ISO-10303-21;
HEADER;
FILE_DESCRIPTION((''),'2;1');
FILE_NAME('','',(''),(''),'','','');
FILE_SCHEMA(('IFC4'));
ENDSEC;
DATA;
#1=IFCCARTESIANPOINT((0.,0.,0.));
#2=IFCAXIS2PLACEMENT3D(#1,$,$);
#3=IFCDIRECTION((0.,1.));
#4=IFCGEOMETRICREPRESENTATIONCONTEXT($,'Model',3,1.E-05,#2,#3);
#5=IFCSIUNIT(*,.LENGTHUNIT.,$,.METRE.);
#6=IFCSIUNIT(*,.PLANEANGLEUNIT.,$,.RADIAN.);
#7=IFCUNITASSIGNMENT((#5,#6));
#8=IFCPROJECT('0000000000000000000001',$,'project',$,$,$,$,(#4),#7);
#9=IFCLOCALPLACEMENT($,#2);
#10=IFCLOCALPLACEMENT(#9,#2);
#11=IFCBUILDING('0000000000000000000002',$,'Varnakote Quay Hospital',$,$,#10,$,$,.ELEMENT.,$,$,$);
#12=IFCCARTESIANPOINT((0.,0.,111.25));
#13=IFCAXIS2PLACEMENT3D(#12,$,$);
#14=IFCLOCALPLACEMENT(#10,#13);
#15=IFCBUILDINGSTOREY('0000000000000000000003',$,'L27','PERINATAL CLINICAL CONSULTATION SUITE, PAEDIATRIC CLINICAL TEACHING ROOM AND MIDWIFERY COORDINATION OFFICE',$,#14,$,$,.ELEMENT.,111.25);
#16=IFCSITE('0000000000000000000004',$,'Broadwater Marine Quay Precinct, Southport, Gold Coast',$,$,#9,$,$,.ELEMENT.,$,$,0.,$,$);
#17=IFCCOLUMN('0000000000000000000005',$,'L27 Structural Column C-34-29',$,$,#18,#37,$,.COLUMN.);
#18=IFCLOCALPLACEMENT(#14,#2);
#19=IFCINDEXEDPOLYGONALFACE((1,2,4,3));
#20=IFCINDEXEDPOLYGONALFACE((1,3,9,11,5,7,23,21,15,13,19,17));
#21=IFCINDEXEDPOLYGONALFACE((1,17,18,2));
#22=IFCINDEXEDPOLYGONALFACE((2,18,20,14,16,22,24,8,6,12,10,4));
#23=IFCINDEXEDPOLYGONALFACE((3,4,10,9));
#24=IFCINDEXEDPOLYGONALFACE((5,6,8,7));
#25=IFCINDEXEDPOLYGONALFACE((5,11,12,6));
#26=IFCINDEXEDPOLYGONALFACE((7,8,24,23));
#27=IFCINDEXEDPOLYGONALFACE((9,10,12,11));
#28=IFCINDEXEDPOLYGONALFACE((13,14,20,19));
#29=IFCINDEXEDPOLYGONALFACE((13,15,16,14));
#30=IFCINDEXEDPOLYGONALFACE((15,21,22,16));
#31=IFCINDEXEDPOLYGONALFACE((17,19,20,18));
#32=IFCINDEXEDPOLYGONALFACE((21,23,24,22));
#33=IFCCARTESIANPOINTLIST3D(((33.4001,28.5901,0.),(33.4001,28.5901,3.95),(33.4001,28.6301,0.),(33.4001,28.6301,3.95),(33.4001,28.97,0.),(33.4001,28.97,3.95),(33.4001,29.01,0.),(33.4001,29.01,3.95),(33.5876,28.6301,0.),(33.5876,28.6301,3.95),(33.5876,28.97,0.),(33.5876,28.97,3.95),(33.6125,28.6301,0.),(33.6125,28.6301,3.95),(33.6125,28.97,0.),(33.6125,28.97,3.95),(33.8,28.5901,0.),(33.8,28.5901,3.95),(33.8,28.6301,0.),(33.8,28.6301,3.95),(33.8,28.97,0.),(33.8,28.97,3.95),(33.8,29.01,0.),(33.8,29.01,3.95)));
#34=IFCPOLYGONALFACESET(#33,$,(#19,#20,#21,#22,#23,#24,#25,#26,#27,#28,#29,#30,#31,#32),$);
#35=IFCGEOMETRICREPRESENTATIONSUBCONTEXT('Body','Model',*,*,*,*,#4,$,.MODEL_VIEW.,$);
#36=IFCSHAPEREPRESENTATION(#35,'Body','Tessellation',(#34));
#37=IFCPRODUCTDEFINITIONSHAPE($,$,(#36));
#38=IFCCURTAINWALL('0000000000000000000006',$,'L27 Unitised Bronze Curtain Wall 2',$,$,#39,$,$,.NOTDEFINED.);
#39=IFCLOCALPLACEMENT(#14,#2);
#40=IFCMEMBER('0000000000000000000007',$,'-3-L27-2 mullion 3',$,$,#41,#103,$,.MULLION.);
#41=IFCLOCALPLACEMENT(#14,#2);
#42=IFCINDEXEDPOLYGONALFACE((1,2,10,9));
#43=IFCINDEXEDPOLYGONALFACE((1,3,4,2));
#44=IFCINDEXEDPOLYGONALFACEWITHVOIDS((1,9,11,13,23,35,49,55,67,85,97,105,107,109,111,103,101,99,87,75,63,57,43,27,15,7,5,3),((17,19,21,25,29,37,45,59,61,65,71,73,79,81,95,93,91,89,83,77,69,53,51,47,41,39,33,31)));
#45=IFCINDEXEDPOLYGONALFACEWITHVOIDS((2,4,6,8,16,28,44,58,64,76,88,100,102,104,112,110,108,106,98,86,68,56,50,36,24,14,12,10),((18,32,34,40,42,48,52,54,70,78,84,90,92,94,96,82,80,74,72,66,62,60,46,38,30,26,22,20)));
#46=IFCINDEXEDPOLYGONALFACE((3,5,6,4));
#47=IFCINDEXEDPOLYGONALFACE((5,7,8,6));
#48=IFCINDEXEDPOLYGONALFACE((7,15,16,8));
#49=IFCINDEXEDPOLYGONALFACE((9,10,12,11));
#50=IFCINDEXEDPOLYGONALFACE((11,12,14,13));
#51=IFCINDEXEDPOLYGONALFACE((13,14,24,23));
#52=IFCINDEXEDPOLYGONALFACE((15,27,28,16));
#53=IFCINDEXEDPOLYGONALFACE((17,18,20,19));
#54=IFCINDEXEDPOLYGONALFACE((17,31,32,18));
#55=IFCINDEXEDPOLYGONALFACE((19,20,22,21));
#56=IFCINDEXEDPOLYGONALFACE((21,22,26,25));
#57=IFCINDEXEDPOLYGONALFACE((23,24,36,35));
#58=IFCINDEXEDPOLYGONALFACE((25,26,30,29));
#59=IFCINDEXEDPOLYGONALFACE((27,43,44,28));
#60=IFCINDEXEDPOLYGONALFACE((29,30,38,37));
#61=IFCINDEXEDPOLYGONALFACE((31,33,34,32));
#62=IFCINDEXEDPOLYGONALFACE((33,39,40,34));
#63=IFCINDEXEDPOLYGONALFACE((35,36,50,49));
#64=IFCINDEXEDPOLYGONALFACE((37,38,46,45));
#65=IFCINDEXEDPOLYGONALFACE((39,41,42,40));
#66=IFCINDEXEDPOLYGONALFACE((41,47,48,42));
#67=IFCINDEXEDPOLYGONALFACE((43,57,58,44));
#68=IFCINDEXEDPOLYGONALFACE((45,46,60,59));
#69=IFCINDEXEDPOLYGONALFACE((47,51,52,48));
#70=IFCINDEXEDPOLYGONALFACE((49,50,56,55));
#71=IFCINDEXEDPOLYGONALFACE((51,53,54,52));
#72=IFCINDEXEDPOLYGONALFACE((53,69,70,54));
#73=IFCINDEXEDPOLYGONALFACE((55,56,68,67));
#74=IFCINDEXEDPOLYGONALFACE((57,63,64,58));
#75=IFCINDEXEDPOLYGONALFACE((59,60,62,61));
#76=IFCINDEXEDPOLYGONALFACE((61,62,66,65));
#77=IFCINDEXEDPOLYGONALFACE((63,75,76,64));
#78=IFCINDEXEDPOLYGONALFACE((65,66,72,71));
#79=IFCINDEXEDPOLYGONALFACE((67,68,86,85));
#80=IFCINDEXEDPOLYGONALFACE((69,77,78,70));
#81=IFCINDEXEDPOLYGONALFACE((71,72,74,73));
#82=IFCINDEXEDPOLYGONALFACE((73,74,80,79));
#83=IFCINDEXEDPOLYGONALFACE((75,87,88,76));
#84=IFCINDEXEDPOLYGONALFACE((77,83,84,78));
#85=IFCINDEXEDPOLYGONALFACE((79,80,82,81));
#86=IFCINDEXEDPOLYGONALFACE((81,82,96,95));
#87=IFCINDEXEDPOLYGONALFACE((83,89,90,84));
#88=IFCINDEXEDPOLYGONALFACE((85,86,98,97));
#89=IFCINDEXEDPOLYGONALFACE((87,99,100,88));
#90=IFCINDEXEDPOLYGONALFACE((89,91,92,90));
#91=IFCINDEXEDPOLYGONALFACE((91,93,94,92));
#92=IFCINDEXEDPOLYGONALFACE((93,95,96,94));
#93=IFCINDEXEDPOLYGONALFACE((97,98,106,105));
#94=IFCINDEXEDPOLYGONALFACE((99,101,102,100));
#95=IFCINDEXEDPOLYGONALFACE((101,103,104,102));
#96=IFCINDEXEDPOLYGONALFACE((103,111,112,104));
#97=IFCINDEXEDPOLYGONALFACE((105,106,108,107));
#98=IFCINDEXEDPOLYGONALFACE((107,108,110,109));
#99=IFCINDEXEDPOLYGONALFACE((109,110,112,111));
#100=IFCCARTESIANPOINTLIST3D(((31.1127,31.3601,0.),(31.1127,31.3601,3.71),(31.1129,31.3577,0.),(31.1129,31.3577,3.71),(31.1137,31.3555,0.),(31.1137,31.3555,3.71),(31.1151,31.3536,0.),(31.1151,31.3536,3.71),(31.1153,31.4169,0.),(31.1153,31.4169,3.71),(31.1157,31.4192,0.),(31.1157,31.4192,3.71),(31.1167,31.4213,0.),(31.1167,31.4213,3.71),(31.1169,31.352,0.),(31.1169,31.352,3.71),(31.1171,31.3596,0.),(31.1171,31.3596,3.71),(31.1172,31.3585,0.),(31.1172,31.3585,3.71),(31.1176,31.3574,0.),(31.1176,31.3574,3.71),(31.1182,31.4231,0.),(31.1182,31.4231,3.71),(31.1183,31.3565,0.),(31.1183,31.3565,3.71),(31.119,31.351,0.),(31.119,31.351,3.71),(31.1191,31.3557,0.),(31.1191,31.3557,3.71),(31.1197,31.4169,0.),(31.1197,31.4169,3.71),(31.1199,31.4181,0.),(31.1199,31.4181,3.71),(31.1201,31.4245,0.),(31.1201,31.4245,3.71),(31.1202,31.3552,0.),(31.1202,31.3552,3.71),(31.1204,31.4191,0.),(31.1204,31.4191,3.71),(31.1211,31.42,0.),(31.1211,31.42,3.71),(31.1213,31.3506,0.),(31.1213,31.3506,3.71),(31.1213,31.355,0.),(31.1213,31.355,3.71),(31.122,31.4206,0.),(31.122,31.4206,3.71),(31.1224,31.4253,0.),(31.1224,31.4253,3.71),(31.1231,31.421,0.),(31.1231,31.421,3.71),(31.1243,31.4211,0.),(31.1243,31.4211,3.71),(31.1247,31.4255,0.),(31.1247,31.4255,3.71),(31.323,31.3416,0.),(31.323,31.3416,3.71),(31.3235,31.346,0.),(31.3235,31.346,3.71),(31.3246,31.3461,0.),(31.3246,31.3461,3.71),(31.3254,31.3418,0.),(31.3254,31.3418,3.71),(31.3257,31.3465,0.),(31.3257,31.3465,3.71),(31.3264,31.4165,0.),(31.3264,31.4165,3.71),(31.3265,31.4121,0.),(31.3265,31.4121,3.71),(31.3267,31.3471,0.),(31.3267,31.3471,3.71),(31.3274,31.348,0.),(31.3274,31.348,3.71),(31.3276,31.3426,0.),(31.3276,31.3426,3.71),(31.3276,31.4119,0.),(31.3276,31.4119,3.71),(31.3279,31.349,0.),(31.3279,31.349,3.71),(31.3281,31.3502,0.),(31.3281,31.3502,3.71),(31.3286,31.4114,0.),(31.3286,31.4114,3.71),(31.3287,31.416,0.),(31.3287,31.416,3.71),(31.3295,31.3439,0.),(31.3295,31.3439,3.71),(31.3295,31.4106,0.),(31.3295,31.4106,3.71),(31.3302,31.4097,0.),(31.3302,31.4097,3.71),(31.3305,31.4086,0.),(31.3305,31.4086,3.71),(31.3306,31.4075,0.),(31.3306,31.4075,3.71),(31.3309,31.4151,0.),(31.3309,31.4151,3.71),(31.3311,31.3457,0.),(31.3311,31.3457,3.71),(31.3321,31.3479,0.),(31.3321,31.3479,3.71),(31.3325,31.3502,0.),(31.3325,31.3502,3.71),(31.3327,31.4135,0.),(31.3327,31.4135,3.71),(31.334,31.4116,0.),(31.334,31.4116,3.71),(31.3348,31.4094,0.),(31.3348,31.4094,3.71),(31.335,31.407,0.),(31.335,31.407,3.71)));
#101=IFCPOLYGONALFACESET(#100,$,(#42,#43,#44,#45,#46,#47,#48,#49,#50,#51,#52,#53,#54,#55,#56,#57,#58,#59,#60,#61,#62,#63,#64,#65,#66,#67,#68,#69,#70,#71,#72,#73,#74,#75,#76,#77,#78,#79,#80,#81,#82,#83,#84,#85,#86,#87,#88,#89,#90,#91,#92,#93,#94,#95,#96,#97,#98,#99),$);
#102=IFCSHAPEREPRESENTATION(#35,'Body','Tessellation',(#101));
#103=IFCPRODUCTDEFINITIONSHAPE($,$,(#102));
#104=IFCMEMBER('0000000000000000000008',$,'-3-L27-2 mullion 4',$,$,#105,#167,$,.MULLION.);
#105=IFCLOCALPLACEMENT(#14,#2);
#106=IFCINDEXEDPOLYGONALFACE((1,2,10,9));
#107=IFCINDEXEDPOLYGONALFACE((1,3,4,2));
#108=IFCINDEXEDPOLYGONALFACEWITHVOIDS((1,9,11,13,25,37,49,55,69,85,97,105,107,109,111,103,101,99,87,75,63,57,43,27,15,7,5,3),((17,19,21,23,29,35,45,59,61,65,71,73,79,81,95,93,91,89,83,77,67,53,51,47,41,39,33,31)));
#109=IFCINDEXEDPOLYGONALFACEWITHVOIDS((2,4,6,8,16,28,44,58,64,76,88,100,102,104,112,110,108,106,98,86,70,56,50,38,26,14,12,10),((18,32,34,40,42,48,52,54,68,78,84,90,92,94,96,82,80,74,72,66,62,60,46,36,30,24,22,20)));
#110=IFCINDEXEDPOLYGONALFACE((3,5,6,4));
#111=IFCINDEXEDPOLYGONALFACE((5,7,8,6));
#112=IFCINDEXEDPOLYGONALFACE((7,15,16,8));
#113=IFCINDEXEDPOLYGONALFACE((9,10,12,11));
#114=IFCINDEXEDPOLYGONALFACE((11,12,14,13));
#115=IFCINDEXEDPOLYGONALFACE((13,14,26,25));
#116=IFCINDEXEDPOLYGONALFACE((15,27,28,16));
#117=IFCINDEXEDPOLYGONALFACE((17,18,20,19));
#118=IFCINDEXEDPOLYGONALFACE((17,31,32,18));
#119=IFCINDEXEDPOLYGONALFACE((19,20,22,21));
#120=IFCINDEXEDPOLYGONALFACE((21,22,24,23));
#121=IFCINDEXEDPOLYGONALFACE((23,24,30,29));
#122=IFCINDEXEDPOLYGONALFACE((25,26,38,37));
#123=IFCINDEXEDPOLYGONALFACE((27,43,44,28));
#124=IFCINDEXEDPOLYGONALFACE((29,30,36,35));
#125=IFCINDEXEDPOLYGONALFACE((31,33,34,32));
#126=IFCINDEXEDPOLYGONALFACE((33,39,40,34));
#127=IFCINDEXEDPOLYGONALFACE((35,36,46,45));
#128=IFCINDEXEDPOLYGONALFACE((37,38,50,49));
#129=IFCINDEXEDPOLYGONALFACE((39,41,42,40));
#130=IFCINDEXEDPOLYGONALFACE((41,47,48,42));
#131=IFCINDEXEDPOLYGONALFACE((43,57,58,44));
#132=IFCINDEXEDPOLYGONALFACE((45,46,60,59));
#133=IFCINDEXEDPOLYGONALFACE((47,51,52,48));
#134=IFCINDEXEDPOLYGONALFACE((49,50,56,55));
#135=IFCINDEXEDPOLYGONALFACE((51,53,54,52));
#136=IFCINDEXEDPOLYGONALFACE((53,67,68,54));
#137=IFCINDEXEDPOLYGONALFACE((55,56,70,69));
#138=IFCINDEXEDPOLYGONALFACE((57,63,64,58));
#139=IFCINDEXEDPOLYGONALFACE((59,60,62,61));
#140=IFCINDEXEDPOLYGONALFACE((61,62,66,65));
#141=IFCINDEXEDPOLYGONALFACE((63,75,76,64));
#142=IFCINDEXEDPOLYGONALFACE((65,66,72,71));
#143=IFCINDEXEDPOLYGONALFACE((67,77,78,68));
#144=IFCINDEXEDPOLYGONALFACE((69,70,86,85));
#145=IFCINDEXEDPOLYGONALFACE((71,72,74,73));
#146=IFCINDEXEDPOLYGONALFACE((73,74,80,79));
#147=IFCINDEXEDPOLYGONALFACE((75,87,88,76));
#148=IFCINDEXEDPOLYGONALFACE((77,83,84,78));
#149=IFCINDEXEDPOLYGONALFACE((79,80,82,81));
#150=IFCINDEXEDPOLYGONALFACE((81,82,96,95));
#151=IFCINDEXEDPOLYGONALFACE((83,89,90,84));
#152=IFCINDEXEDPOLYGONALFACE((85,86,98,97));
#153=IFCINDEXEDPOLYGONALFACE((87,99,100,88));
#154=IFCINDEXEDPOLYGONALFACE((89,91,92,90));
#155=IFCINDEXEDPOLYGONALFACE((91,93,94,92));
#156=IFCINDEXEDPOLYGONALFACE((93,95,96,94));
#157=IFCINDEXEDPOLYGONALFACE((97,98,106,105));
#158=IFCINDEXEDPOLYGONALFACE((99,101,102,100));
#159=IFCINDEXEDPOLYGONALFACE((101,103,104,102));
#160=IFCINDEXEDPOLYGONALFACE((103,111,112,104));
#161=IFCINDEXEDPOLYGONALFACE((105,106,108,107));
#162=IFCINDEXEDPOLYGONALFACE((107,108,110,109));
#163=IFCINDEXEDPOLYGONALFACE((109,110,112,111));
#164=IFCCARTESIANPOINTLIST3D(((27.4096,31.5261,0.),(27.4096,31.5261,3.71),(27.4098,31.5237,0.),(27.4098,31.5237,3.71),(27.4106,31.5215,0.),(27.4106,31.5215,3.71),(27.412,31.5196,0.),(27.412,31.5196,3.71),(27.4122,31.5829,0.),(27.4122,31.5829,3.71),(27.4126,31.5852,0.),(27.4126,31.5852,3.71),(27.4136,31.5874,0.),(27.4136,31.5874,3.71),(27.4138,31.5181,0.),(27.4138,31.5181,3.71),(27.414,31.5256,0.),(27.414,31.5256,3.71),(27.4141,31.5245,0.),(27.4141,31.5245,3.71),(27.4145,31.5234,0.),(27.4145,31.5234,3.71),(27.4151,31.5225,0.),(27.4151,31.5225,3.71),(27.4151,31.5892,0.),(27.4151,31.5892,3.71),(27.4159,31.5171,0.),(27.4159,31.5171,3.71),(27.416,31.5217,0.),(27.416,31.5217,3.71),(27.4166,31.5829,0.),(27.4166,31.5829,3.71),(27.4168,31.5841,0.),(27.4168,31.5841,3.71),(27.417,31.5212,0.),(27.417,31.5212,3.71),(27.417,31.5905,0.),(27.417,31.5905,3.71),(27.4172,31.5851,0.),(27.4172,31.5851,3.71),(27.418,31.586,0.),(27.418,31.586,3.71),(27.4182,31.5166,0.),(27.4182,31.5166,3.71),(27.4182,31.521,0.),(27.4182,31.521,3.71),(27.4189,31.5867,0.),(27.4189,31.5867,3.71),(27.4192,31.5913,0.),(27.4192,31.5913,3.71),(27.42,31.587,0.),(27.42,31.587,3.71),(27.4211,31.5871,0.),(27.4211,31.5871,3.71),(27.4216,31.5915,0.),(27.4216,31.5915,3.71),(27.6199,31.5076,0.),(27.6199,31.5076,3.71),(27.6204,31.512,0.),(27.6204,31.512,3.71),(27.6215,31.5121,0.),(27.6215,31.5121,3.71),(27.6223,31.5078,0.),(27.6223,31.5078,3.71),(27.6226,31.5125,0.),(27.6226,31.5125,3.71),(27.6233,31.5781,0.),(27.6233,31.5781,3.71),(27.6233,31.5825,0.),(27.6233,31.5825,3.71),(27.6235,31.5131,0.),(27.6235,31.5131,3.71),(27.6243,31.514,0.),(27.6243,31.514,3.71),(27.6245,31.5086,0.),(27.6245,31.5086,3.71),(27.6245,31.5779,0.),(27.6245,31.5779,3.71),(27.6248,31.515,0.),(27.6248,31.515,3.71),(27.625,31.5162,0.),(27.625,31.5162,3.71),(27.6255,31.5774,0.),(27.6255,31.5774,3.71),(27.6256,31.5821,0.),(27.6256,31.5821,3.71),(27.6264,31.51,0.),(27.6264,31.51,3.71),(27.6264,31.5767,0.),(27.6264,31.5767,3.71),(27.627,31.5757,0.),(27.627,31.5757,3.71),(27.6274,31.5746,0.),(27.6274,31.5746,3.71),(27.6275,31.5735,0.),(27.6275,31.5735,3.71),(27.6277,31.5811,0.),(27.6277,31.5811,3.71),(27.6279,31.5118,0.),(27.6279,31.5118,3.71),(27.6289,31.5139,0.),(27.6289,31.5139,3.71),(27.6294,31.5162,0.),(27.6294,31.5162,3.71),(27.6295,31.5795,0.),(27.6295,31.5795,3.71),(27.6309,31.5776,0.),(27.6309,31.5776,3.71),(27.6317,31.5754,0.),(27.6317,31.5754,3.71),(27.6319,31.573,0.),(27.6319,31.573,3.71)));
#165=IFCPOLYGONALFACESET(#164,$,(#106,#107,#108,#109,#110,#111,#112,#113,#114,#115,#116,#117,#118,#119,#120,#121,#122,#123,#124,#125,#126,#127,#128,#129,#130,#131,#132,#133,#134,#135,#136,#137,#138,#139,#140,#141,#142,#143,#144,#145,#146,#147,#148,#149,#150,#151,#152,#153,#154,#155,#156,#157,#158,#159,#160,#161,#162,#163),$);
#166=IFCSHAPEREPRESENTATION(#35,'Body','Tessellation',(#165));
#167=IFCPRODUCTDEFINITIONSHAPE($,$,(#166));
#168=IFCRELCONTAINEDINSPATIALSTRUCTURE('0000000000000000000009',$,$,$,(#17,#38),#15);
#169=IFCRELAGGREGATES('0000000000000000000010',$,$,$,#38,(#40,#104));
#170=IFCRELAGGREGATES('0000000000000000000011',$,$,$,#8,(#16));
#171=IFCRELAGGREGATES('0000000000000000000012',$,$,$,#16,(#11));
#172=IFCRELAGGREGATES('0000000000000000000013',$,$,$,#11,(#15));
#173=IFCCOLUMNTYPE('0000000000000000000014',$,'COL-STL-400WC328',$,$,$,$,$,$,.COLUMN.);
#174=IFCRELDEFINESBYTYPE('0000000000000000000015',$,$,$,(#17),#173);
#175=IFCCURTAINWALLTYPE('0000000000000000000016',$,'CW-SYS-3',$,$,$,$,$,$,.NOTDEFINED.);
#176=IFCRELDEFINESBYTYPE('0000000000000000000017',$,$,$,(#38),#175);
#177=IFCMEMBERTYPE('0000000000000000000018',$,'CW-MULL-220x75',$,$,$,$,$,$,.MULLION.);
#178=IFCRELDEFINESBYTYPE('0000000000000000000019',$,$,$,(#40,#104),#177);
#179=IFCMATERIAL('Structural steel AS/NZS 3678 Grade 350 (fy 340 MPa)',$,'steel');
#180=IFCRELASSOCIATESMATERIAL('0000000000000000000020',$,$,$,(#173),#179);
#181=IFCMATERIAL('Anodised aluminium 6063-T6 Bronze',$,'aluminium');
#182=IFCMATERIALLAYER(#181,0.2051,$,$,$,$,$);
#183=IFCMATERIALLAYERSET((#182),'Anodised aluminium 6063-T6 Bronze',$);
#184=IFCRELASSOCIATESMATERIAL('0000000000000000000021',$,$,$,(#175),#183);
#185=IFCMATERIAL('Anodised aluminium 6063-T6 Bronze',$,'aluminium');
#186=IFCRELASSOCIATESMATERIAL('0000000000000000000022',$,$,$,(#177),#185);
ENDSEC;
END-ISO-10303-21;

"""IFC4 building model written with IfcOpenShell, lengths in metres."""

from ifc_helpers import new_model, si_unit, direction, frame, origin, origin_2d, place, context, subcontext, project, spatial, hollow_rectangle, i_section, extrude, material, layer, layer_set, material_profile, profile_set, type_object, element, aggregate, save


model = new_model("IFC4")

# Units and contexts
model_context = context("Model", 3, precision=1e-05, world=origin(), true_north=direction((0.0, 1.0)))
body_context = subcontext(model_context, "Body", "Model", "MODEL_VIEW")
ifc_project = project(units=[si_unit("LENGTHUNIT", "METRE"), si_unit("PLANEANGLEUNIT", "RADIAN")], contexts=[model_context])

# Site, building, storey
site_placement = place(None, origin())
site = spatial("IfcSite", under=ifc_project, at=site_placement, Name="Broadwater Marine Quay Precinct, Southport, Gold Coast", CompositionType="ELEMENT", RefElevation=0.0)
building_placement = place(site_placement, origin())
building = spatial("IfcBuilding", under=site, at=building_placement, Name="Varnakote Quay Hospital", CompositionType="ELEMENT")
storey_placement = place(building_placement, frame((0.0, 0.0, 111.25)))
storey = spatial("IfcBuildingStorey", under=building, at=storey_placement, Name="L27", Description="PERINATAL CLINICAL CONSULTATION SUITE, PAEDIATRIC CLINICAL TEACHING ROOM AND MIDWIFERY COORDINATION OFFICE", CompositionType="ELEMENT", Elevation=111.25)

# Column
ifc_material_1 = material(Name="Structural steel AS/NZS 3678 Grade 350 (fy 340 MPa)", Category="steel")
ifc_material_profile_1 = material_profile(ifc_material_1, i_section(OverallWidth=0.3999, OverallDepth=0.4199, WebThickness=0.0249, FlangeThickness=0.04, at=origin_2d()), Name="400WC328")
ifc_profile_set_1 = profile_set([ifc_material_profile_1], Name="Structural steel AS/NZS 3678 Grade 350 (fy 340 MPa)")
column_type = type_object("IfcColumnType", Name="COL-STL-400WC328", PredefinedType="COLUMN", material=ifc_profile_set_1)
column_placement = place(storey_placement, frame((33.6001, 28.8, 0.0), z_axis=(0.0, 0.0, 1.0), x_axis=(1.0, 0.0, 0.0)))
element("IfcColumn", 1, at=column_placement, inside=storey, type_object=column_type, Name="L27 Structural Column C-34-29", PredefinedType="COLUMN", context=body_context, shape_type="SweptSolid", body=[
    extrude(i_section(OverallWidth=0.3999, OverallDepth=0.4199, WebThickness=0.0249, FlangeThickness=0.04, at=origin_2d()), origin(), (0.0, 0.0, 1.0), 3.95),
])

# Curtain wall, members
ifc_material_2 = material(Name="Anodised aluminium 6063-T6 Bronze", Category="aluminium")
ifc_layer_1 = layer(ifc_material_2, 0.2051)
ifc_layer_set_1 = layer_set([ifc_layer_1], Name="Anodised aluminium 6063-T6 Bronze")
curtain_wall_type = type_object("IfcCurtainWallType", Name="CW-SYS-3", PredefinedType="NOTDEFINED", material=ifc_layer_set_1)
curtain_wall_placement = place(storey_placement, origin())
curtain_wall = element("IfcCurtainWall", 2, at=curtain_wall_placement, inside=storey, type_object=curtain_wall_type, Name="L27 Unitised Bronze Curtain Wall 2", PredefinedType="NOTDEFINED")
ifc_material_3 = material(Name="Anodised aluminium 6063-T6 Bronze", Category="aluminium")
ifc_material_profile_2 = material_profile(ifc_material_3, hollow_rectangle(XDim=0.075, YDim=0.22, WallThickness=0.0044, InnerFilletRadius=0.0044, OuterFilletRadius=0.009, at=origin_2d()), Name="CW-MULL-220x75")
ifc_profile_set_2 = profile_set([ifc_material_profile_2], Name="Anodised aluminium 6063-T6 Bronze")
member_type_1 = type_object("IfcMemberType", Name="CW-MULL-220x75", PredefinedType="MULLION", material=ifc_profile_set_2)
member_1_placement = place(storey_placement, frame((31.2239, 31.3835, 0.0), z_axis=(0.0, 0.0, 1.0), x_axis=(-0.044782, -0.998997, 0.0)))
member_1 = element("IfcMember", 3, at=member_1_placement, type_object=member_type_1, Name="-3-L27-2 mullion 3", PredefinedType="MULLION", context=body_context, shape_type="SweptSolid", body=[
    extrude(hollow_rectangle(XDim=0.075, YDim=0.22, WallThickness=0.0044, InnerFilletRadius=0.0044, OuterFilletRadius=0.009, at=origin_2d()), origin(), (0.0, 0.0, 1.0), 3.71),
])
member_2_placement = place(storey_placement, frame((27.5208, 31.5496, 0.0), z_axis=(0.0, 0.0, 1.0), x_axis=(-0.044782, -0.998997, 0.0)))
member_2 = element("IfcMember", 4, at=member_2_placement, type_object=member_type_1, Name="-3-L27-2 mullion 4", PredefinedType="MULLION", context=body_context, shape_type="SweptSolid", body=[
    extrude(hollow_rectangle(XDim=0.075, YDim=0.22, WallThickness=0.0044, InnerFilletRadius=0.0044, OuterFilletRadius=0.009, at=origin_2d()), origin(), (0.0, 0.0, 1.0), 3.71),
])
aggregate(curtain_wall, [member_1, member_2])

save(model, "model.ifc")
